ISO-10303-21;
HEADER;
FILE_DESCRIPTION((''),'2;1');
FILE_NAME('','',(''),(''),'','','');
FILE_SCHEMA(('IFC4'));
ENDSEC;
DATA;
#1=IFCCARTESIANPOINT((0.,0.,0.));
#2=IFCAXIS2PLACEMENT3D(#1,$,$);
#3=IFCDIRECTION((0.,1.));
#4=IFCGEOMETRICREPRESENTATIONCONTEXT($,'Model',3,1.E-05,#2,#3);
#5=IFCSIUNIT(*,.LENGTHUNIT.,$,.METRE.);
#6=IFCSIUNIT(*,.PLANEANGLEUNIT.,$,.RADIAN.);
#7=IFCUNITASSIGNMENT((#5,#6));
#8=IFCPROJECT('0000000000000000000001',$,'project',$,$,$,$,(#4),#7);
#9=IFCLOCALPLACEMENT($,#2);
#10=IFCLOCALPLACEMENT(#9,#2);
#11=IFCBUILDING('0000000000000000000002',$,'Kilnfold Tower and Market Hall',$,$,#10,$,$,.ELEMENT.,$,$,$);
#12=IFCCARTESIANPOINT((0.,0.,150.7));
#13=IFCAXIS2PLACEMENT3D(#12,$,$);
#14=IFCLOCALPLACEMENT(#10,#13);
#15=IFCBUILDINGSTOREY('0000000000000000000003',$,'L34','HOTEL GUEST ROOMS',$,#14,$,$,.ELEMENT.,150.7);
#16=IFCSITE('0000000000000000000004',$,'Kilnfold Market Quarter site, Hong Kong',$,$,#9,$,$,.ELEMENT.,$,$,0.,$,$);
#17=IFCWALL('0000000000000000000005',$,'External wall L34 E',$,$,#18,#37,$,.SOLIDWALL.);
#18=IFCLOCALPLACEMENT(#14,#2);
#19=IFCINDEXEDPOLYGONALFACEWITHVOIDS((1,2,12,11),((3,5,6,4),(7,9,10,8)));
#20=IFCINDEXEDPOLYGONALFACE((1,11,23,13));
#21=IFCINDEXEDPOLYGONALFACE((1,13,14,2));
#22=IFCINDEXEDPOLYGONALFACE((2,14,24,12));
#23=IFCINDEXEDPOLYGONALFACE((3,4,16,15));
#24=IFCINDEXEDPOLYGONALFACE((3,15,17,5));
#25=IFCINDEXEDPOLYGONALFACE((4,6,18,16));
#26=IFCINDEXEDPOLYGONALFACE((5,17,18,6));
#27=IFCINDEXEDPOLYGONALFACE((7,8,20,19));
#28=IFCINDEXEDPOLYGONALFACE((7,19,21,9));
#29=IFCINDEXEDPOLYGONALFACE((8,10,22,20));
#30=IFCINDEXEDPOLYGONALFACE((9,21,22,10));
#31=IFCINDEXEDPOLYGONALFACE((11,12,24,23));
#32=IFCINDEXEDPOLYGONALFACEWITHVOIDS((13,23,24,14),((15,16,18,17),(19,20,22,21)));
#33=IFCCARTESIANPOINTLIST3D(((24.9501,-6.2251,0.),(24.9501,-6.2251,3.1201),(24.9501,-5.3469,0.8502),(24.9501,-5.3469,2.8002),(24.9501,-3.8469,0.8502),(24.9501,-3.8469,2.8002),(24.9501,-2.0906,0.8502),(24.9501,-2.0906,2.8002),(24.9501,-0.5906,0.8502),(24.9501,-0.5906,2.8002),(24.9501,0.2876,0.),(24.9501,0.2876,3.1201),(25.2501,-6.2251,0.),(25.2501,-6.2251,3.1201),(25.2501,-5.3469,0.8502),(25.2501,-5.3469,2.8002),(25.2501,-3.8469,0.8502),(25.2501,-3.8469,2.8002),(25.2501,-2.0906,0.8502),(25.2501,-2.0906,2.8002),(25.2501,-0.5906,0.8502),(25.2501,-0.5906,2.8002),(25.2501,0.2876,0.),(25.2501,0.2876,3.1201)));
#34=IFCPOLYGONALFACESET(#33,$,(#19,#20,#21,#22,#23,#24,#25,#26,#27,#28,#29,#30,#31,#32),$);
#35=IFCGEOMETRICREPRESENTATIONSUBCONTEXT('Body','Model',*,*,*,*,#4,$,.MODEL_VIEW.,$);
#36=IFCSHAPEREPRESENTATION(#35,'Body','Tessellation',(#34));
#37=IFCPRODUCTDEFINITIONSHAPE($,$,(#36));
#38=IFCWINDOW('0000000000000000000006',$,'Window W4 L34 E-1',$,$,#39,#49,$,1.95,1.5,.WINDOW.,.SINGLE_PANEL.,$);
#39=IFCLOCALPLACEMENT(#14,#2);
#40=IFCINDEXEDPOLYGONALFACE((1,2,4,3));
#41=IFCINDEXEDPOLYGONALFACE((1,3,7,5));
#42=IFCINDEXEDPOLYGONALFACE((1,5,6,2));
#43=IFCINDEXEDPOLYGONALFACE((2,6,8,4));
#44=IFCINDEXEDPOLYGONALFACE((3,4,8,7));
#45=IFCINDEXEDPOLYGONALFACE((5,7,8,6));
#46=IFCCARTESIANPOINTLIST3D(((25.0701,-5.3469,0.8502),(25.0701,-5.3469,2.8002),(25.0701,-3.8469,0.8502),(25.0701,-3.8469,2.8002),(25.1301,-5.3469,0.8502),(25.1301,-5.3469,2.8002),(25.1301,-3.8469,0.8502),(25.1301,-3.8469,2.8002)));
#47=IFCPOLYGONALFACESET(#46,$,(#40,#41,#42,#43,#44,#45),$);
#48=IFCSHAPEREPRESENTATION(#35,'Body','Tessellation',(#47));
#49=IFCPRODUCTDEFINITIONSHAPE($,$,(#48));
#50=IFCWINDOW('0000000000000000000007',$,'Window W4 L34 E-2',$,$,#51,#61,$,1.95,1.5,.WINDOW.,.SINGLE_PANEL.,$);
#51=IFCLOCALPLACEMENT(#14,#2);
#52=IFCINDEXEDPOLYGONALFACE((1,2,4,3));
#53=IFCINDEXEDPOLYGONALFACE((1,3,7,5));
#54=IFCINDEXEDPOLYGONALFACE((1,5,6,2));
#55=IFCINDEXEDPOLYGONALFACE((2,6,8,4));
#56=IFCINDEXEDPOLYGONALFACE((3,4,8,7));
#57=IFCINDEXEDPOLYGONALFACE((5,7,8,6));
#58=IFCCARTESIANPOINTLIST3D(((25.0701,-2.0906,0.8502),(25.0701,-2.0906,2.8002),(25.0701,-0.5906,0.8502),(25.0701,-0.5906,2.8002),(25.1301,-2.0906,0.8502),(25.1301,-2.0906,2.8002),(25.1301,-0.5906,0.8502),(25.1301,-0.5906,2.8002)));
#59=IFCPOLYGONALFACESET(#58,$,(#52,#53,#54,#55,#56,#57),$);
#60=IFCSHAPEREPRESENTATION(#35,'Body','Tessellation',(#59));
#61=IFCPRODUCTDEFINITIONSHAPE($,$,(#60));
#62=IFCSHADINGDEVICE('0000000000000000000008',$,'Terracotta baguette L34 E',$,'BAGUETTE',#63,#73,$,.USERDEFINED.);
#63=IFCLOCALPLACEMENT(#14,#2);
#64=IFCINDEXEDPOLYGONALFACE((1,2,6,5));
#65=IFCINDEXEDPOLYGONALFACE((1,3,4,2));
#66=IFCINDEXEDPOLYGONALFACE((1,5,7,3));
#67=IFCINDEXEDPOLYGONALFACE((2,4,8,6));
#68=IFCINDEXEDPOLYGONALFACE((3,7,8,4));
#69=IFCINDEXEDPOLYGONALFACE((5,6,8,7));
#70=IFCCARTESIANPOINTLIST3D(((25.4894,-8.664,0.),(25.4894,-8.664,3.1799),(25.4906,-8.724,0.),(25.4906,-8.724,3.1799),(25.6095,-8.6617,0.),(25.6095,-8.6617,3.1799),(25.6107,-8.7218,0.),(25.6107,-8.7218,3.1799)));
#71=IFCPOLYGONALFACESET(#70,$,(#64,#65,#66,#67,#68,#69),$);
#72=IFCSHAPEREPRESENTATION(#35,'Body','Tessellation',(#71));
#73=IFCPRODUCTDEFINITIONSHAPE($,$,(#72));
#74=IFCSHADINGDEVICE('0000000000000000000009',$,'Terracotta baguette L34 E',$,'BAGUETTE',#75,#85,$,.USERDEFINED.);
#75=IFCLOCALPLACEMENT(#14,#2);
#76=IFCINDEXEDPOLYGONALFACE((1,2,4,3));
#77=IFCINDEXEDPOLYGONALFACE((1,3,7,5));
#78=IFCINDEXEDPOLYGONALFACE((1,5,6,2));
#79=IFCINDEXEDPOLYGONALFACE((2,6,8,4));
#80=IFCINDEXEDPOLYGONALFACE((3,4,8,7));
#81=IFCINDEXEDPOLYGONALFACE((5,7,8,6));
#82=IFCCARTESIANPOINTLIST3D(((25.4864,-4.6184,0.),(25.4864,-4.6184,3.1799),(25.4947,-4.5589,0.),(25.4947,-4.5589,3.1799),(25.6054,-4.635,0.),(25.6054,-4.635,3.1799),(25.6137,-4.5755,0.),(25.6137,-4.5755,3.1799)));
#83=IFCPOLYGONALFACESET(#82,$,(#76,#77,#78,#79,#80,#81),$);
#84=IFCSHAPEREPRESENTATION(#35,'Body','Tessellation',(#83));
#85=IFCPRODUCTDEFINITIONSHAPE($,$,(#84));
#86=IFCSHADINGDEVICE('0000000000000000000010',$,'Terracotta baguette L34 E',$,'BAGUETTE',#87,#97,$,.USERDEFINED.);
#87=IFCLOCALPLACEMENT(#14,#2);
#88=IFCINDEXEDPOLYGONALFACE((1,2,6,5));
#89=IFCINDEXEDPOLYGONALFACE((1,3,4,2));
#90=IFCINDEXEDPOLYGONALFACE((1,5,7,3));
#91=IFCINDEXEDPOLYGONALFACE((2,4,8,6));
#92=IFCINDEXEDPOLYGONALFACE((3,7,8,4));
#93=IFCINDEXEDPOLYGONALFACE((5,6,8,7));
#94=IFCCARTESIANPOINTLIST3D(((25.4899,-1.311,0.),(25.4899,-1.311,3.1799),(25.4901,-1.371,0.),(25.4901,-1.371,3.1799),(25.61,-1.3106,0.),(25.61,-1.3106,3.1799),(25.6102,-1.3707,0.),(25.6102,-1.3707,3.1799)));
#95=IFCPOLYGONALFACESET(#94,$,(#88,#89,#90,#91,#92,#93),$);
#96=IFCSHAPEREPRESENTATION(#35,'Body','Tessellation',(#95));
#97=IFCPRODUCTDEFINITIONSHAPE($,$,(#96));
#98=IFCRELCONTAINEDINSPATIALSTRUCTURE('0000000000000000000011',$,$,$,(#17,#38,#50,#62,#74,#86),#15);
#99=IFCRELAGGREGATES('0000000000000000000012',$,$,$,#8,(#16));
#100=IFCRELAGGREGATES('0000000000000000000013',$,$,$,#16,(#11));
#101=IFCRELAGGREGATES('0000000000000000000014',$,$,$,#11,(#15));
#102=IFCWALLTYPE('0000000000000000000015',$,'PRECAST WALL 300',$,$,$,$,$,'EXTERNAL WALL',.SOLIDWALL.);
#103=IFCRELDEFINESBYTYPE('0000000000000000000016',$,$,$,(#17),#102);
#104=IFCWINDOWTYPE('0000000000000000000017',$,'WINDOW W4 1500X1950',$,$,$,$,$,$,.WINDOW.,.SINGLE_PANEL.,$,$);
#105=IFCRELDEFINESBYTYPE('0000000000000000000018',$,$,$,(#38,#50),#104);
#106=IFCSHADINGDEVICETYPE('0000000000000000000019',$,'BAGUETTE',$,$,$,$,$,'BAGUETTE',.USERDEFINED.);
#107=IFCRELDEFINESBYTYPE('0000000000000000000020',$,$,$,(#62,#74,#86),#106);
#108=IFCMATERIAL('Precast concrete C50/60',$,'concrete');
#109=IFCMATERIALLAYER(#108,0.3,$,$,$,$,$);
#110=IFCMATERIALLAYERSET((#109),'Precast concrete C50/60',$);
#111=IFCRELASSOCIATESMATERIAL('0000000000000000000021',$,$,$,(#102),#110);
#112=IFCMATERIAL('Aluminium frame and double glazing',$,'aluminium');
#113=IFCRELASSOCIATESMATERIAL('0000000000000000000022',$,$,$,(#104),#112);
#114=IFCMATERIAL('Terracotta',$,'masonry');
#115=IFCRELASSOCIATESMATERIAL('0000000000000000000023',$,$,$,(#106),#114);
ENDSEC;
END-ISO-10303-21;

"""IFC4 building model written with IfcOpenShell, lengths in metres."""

from ifc_helpers import new_model, si_unit, direction, frame, frame_2d, origin, origin_2d, place, context, subcontext, project, spatial, rectangle, extrude, source, transform, mapped, material, layer, layer_set, material_profile, profile_set, type_object, element, fill, save


model = new_model("IFC4")

# Units and contexts
model_context = context("Model", 3, precision=1e-05, world=origin(), true_north=direction((0.0, 1.0)))
body_context = subcontext(model_context, "Body", "Model", "MODEL_VIEW")
ifc_project = project(units=[si_unit("LENGTHUNIT", "METRE"), si_unit("PLANEANGLEUNIT", "RADIAN")], contexts=[model_context])

# Site, building, storey
site_placement = place(None, origin())
site = spatial("IfcSite", under=ifc_project, at=site_placement, Name="Kilnfold Market Quarter site, Hong Kong", CompositionType="ELEMENT", RefElevation=0.0)
building_placement = place(site_placement, origin())
building = spatial("IfcBuilding", under=site, at=building_placement, Name="Kilnfold Tower and Market Hall", CompositionType="ELEMENT")
storey_placement = place(building_placement, frame((0.0, 0.0, 150.7)))
storey = spatial("IfcBuildingStorey", under=building, at=storey_placement, Name="L34", Description="HOTEL GUEST ROOMS", CompositionType="ELEMENT", Elevation=150.7)

# Wall, openings, windows
ifc_material_1 = material(Name="Precast concrete C50/60", Category="concrete")
ifc_layer_1 = layer(ifc_material_1, 0.3)
ifc_layer_set_1 = layer_set([ifc_layer_1], Name="Precast concrete C50/60")
wall_type_1 = type_object("IfcWallType", Name="PRECAST WALL 300", ElementType="EXTERNAL WALL", PredefinedType="SOLIDWALL", material=ifc_layer_set_1)
shared_shape_1 = source(origin(), body_context, "Body", "SweptSolid", [
    extrude(rectangle(XDim=6.5127, YDim=0.3, at=frame_2d((3.2563, 0.0))), origin(), (0.0, 0.0, 1.0), 3.1201),
])
wall_1_placement = place(storey_placement, frame((25.1001, -6.2251, 0.0), z_axis=(0.0, 0.0, 1.0), x_axis=(0.0, 1.0, 0.0)))
wall_1 = element("IfcWall", 1, at=wall_1_placement, inside=storey, type_object=wall_type_1, Name="External wall L34 E", PredefinedType="SOLIDWALL", context=body_context, shape_type="MappedRepresentation", body=[
    mapped(shared_shape_1, transform((0.0, 0.0, 0.0))),
])
opening_1_placement = place(wall_1_placement, frame((0.8782, 0.0, 0.8501)))
opening_1 = element("IfcOpeningElement", 2, at=opening_1_placement, cuts=wall_1, PredefinedType="OPENING", context=body_context, shape_type="SweptSolid", body=[
    extrude(rectangle(XDim=1.5, YDim=1.95, at=frame_2d((0.75, 0.9751))), frame((0.0, 0.1602, 0.0), z_axis=(0.0, -1.0, 0.0), x_axis=(1.0, 0.0, 0.0)), (0.0, 0.0, 1.0), 0.3201),
])
opening_2_placement = place(wall_1_placement, frame((4.1345, 0.0, 0.8501)))
opening_2 = element("IfcOpeningElement", 3, at=opening_2_placement, cuts=wall_1, PredefinedType="OPENING", context=body_context, shape_type="SweptSolid", body=[
    extrude(rectangle(XDim=1.5, YDim=1.95, at=frame_2d((0.75, 0.9751))), frame((0.0, 0.1602, 0.0), z_axis=(0.0, -1.0, 0.0), x_axis=(1.0, 0.0, 0.0)), (0.0, 0.0, 1.0), 0.3201),
])
ifc_material_2 = material(Name="Aluminium frame and double glazing", Category="aluminium")
window_type = type_object("IfcWindowType", Name="WINDOW W4 1500X1950", PartitioningType="SINGLE_PANEL", PredefinedType="WINDOW", material=ifc_material_2)
window_1_placement = place(opening_1_placement, origin())
window_1 = element("IfcWindow", 4, at=window_1_placement, inside=storey, type_object=window_type, Name="Window W4 L34 E-1", OverallHeight=1.95, OverallWidth=1.5, PartitioningType="SINGLE_PANEL", PredefinedType="WINDOW", context=body_context, shape_type="SweptSolid", body=[
    extrude(rectangle(XDim=1.5, YDim=1.95, at=frame_2d((0.75, 0.9751))), frame((0.0, 0.03, 0.0), z_axis=(0.0, -1.0, 0.0), x_axis=(1.0, 0.0, 0.0)), (0.0, 0.0, 1.0), 0.0601),
])
fill(opening_1, window_1)
window_2_placement = place(opening_2_placement, origin())
window_2 = element("IfcWindow", 5, at=window_2_placement, inside=storey, type_object=window_type, Name="Window W4 L34 E-2", OverallHeight=1.95, OverallWidth=1.5, PartitioningType="SINGLE_PANEL", PredefinedType="WINDOW", context=body_context, shape_type="SweptSolid", body=[
    extrude(rectangle(XDim=1.5, YDim=1.95, at=frame_2d((0.75, 0.9751))), frame((0.0, 0.03, 0.0), z_axis=(0.0, -1.0, 0.0), x_axis=(1.0, 0.0, 0.0)), (0.0, 0.0, 1.0), 0.0601),
])
fill(opening_2, window_2)

# Shading devices
ifc_material_3 = material(Name="Terracotta", Category="masonry")
ifc_material_profile_1 = material_profile(ifc_material_3, rectangle(XDim=0.0601, YDim=0.1201, at=origin_2d()), Name="BAG 60x120")
ifc_profile_set_1 = profile_set([ifc_material_profile_1], Name="Terracotta")
shading_device_type = type_object("IfcShadingDeviceType", Name="BAGUETTE", ElementType="BAGUETTE", PredefinedType="USERDEFINED", material=ifc_profile_set_1)
shared_shape_2 = source(origin(), body_context, "Body", "SweptSolid", [
    extrude(rectangle(XDim=0.0601, YDim=0.1201, at=origin_2d()), origin(), (0.0, 0.0, 1.0), 3.1799),
])
for number, where, z_axis, x_axis, name in (
    (6, (25.55, -8.6929, 0.0), (0.0, 0.0, 1.0), (-0.018807, 0.999823, 0.0), "Terracotta baguette L34 E"),
    (7, (25.55, -4.5969, 0.0), (0.0, 0.0, 1.0), (0.137965, 0.990437, 0.0), "Terracotta baguette L34 E"),
    (8, (25.55, -1.3408, 0.0), (0.0, 0.0, 1.0), (-0.003201, 0.999995, 0.0), "Terracotta baguette L34 E"),
):
    element("IfcShadingDevice", number, at=place(storey_placement, frame(where, z_axis=z_axis, x_axis=x_axis)), inside=storey, type_object=shading_device_type, Name=name, ObjectType="BAGUETTE", PredefinedType="USERDEFINED", context=body_context, shape_type="MappedRepresentation", body=[
        mapped(shared_shape_2, transform((0.0, 0.0, 0.0))),
    ])

save(model, "model.ifc")
